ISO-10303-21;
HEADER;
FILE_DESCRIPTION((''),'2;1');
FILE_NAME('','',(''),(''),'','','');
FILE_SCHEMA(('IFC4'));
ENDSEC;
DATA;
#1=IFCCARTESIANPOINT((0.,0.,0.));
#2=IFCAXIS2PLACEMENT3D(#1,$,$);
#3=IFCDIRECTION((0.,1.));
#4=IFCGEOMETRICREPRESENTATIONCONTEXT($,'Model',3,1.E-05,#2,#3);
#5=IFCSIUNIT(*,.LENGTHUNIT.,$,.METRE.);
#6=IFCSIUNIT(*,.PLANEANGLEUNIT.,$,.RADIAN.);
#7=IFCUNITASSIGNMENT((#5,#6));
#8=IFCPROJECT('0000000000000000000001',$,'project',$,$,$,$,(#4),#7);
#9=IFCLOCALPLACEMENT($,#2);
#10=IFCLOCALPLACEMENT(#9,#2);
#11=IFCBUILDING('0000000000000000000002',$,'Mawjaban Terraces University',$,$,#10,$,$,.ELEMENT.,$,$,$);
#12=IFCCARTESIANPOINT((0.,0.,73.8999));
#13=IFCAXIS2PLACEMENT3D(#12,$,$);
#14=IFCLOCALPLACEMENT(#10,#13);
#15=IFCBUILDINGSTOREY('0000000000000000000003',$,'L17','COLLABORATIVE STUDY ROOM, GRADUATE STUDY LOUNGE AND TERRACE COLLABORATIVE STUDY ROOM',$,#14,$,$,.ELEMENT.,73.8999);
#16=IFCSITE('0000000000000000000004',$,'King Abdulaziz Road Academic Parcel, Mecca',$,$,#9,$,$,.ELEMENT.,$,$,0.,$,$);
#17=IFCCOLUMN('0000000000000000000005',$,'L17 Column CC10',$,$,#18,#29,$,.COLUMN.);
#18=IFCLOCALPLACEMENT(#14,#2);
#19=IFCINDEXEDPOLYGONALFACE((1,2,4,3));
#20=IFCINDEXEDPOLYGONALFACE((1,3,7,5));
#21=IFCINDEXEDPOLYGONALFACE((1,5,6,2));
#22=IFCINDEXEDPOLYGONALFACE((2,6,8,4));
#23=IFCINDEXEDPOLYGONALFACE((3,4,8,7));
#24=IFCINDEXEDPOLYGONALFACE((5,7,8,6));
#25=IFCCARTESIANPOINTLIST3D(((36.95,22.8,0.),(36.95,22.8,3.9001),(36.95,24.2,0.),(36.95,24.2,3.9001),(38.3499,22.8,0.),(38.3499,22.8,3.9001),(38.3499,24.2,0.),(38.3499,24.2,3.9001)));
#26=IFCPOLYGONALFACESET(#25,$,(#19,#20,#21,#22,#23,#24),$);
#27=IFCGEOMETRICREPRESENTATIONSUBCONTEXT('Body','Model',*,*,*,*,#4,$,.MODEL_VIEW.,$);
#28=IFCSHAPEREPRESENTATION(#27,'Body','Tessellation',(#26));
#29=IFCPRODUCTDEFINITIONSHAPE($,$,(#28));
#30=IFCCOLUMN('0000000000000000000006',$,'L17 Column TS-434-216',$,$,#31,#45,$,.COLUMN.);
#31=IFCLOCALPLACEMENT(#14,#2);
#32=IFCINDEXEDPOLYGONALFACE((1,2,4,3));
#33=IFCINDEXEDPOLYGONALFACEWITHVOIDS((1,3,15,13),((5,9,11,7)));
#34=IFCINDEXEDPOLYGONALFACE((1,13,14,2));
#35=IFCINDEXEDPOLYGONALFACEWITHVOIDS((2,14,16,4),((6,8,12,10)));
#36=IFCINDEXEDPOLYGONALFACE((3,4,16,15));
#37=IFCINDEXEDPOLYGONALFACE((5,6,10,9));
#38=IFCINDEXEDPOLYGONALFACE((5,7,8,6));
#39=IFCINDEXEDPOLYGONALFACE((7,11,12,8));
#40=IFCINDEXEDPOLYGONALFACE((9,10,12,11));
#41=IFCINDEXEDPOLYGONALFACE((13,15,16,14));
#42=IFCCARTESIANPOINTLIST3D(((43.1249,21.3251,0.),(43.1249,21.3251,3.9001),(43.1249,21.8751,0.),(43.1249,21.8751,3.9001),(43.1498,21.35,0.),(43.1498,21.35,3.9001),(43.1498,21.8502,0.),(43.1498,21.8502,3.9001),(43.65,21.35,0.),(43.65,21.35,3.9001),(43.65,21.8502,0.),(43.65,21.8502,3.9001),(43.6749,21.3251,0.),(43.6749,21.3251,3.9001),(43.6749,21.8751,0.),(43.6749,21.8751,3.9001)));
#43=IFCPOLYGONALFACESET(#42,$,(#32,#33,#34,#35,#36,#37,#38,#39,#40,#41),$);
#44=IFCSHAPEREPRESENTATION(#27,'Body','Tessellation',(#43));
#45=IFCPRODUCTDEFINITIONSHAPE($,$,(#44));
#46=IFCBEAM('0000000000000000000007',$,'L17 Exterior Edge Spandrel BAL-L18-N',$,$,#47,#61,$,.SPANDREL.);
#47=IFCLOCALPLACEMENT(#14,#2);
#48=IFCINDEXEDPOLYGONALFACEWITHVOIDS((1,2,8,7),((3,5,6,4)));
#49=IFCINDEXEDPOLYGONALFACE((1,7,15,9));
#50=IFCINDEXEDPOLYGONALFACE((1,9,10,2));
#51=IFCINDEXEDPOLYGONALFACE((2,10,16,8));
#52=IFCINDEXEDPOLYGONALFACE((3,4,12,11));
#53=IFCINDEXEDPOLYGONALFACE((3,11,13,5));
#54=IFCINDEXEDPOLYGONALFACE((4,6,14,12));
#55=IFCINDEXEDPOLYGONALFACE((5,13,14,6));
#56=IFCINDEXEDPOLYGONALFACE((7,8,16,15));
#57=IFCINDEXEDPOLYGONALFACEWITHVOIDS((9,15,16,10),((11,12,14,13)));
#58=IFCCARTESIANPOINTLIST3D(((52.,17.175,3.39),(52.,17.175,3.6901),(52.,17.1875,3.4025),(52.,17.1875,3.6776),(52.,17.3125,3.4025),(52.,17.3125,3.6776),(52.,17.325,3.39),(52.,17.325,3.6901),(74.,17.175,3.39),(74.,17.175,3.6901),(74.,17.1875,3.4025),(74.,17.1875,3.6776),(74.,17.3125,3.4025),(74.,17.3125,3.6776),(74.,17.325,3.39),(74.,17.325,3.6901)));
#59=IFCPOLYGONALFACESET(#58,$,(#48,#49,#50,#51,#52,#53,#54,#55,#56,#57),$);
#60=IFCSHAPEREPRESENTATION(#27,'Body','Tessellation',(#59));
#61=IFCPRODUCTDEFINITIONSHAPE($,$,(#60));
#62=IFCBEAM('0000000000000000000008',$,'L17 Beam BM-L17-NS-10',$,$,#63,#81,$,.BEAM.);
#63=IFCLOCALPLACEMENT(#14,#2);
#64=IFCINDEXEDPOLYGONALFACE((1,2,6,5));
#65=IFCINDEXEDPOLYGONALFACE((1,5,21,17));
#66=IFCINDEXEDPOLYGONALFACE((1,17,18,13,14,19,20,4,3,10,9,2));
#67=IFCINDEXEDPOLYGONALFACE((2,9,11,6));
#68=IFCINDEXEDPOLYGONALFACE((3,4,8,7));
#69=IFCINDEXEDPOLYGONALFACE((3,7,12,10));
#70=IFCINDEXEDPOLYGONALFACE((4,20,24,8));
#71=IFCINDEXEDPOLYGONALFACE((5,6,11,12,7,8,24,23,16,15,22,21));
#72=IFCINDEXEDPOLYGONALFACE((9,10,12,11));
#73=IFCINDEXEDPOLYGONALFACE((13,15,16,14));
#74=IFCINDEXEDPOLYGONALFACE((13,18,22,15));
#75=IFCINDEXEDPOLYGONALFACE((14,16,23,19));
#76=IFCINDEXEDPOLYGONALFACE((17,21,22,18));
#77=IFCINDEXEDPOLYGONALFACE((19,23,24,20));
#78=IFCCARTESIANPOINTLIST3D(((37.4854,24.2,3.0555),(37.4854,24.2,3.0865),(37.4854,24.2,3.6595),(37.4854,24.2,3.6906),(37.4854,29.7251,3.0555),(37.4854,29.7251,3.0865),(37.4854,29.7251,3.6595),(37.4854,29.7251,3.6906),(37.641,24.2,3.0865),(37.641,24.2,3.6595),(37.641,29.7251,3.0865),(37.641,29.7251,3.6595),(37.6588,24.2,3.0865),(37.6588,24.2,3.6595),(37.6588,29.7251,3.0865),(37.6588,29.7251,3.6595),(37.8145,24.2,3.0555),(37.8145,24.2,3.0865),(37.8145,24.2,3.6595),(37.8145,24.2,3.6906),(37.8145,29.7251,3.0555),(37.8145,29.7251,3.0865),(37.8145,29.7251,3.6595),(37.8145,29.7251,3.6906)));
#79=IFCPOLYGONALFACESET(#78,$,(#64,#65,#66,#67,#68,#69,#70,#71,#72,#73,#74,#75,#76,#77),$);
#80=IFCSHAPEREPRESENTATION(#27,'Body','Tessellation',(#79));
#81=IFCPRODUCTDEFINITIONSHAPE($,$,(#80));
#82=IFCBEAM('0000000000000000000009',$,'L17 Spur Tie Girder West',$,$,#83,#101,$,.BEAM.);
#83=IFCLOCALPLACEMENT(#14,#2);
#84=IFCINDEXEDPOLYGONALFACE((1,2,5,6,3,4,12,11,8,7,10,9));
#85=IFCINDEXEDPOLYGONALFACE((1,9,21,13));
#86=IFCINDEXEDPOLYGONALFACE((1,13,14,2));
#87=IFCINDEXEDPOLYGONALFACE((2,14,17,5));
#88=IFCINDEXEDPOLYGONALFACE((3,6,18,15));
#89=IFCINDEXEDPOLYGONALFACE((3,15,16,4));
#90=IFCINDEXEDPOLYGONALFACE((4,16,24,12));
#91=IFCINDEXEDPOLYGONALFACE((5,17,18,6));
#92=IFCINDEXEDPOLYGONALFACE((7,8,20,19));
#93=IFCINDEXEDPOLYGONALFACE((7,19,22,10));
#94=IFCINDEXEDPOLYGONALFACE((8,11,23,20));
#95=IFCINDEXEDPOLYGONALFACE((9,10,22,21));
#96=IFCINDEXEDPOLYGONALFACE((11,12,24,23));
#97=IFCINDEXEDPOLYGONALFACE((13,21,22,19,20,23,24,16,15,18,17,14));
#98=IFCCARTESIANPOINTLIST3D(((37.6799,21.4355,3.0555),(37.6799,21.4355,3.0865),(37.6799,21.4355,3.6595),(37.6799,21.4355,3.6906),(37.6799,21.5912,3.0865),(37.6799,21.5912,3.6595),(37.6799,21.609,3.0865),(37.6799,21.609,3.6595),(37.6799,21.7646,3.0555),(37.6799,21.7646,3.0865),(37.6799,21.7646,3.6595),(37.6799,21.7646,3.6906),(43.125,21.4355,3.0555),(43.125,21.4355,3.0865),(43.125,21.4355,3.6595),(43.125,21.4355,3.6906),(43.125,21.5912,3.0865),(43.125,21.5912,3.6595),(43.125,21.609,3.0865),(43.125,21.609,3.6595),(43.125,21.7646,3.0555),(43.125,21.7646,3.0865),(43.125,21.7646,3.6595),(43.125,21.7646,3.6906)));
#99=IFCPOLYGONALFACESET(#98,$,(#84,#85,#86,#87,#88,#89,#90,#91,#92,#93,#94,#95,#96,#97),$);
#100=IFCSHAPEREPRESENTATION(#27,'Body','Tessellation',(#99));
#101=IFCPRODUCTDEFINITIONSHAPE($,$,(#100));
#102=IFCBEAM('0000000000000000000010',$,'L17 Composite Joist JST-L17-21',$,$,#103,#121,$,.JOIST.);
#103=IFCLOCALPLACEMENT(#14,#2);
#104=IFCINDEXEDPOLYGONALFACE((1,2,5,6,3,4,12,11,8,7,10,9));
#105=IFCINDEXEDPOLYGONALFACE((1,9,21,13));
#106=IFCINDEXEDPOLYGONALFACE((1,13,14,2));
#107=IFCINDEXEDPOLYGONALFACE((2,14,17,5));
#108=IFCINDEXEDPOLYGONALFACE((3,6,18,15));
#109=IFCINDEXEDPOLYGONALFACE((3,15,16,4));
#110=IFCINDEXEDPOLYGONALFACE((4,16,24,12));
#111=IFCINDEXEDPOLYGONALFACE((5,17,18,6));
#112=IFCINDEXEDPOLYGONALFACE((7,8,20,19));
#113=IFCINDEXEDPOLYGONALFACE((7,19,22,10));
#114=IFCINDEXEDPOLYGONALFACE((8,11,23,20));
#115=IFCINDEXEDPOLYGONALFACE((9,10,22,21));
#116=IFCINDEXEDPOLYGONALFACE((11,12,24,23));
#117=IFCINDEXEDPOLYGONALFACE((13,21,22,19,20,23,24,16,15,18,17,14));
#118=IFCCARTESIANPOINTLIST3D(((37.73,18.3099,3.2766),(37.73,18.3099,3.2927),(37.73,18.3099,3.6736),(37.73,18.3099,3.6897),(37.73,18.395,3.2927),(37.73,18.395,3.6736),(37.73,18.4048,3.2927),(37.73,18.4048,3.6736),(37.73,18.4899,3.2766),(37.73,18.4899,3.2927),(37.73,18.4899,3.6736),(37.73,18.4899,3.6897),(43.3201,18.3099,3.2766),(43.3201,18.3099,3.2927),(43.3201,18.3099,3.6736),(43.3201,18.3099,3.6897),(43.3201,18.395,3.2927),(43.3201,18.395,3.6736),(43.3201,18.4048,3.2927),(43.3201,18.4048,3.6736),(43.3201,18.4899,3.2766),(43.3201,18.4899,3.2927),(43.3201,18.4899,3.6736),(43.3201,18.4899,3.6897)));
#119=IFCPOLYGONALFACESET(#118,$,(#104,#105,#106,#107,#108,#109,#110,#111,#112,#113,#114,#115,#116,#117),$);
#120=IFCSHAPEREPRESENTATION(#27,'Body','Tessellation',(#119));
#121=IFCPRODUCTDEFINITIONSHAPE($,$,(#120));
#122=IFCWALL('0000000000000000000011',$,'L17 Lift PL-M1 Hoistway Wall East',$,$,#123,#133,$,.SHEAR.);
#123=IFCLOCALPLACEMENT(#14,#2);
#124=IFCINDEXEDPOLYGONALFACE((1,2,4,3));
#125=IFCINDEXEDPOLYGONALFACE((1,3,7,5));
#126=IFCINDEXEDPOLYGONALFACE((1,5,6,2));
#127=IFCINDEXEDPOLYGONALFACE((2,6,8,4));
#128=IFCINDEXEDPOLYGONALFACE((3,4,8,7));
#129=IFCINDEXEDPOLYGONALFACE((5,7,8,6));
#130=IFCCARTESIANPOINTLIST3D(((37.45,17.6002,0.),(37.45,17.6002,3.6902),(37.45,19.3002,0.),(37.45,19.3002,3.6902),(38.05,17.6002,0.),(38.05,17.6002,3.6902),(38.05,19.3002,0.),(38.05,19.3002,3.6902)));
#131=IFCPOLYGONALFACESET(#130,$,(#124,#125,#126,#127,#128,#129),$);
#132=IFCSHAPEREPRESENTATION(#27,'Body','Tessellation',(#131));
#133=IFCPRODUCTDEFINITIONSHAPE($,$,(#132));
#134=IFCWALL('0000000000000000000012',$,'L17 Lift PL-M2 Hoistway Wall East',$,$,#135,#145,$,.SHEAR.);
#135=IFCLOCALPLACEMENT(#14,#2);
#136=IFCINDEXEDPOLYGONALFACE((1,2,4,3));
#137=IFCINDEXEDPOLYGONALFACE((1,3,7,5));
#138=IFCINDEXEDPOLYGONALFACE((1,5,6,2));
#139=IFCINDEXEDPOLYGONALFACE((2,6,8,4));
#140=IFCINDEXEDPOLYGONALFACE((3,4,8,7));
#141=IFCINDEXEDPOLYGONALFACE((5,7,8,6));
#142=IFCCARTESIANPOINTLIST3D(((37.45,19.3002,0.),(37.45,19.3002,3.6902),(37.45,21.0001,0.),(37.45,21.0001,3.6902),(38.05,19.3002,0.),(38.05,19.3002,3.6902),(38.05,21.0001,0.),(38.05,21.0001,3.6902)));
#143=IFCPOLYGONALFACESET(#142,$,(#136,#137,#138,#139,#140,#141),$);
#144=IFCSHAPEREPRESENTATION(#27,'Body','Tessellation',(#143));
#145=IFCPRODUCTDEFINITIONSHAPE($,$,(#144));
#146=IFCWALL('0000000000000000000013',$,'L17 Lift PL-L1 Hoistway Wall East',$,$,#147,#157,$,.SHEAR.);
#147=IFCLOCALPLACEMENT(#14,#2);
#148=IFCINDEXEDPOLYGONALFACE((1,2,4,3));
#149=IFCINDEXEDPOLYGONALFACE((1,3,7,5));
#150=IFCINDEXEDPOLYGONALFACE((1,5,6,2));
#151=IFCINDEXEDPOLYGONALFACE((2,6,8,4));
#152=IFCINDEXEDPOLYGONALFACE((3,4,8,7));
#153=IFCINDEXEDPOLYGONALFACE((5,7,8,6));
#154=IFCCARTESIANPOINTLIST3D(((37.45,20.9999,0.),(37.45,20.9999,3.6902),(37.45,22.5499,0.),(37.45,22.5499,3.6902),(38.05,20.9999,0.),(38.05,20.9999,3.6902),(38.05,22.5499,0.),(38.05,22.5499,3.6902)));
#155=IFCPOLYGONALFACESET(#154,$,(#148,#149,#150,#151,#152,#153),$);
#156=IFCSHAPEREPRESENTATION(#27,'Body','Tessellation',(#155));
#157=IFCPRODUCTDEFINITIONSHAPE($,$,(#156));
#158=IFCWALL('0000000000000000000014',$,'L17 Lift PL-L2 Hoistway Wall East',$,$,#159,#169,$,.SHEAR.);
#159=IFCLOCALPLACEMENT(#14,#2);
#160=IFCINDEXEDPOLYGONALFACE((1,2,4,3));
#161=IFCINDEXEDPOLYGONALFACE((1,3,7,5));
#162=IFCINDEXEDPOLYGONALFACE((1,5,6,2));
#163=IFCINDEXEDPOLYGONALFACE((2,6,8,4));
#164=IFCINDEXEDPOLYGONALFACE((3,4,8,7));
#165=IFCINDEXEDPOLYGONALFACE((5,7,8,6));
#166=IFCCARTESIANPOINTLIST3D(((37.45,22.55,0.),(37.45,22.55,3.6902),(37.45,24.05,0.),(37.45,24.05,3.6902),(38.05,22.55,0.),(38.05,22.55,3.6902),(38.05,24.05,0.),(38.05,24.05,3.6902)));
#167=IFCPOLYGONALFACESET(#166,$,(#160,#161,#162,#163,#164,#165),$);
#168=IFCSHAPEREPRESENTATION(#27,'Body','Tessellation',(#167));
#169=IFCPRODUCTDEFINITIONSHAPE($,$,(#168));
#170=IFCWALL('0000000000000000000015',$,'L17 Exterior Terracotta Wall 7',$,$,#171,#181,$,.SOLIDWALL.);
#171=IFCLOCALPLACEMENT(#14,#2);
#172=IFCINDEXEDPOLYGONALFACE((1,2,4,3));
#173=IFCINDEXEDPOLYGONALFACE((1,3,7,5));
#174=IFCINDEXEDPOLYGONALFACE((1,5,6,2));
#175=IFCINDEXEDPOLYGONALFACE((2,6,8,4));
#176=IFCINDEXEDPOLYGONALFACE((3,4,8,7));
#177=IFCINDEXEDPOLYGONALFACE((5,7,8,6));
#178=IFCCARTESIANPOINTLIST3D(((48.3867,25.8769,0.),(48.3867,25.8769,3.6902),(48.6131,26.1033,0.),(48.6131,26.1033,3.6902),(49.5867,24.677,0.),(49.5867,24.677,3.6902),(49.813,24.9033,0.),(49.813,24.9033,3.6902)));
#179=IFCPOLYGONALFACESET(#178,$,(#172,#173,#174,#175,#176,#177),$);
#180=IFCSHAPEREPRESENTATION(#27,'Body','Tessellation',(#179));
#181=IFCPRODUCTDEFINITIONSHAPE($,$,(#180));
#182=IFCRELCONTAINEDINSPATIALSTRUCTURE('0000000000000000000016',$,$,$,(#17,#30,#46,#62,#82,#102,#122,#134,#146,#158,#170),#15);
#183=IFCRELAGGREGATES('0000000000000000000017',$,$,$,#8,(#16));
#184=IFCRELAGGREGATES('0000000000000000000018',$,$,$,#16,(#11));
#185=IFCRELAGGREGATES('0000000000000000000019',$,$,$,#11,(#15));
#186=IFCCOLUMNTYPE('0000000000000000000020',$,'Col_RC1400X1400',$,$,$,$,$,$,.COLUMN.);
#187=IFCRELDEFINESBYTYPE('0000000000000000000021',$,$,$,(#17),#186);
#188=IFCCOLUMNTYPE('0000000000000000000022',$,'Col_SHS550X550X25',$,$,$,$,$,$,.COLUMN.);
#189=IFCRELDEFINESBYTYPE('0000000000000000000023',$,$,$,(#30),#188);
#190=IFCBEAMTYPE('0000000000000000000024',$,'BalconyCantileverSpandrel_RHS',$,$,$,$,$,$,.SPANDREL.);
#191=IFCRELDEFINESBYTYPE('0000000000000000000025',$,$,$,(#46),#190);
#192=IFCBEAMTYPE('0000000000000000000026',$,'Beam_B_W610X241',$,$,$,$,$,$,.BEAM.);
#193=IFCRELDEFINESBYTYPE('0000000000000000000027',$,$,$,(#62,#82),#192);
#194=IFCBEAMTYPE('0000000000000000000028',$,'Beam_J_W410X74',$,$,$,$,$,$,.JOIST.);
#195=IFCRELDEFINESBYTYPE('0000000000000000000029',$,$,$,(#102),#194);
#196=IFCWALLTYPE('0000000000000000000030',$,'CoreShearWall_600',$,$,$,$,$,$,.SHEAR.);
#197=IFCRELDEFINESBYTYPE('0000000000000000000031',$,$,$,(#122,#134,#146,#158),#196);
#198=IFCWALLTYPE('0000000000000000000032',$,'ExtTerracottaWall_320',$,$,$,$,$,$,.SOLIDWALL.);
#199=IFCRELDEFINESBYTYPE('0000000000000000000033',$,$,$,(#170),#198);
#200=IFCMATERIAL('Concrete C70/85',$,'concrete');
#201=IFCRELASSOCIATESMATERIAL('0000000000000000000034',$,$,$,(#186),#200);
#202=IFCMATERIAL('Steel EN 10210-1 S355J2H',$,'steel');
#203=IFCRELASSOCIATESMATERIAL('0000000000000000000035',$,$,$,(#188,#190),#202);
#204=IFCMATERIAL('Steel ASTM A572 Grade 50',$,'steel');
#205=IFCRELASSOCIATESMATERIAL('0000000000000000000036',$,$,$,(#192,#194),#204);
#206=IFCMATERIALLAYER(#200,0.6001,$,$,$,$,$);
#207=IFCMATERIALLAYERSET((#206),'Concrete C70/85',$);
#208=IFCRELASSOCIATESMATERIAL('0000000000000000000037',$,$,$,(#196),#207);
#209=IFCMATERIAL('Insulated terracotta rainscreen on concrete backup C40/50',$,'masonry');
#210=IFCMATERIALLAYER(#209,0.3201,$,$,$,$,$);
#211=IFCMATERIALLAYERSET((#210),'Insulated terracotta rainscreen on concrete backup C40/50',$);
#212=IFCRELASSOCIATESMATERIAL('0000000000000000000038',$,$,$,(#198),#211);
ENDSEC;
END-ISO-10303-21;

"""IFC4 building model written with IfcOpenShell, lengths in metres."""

from ifc_helpers import new_model, si_unit, direction, frame, frame_2d, origin, origin_2d, place, context, subcontext, project, spatial, rectangle, hollow_rectangle, i_section, extrude, material, layer, layer_set, material_profile, profile_set, type_object, element, save


model = new_model("IFC4")

# Units and contexts
model_context = context("Model", 3, precision=1e-05, world=origin(), true_north=direction((0.0, 1.0)))
body_context = subcontext(model_context, "Body", "Model", "MODEL_VIEW")
ifc_project = project(units=[si_unit("LENGTHUNIT", "METRE"), si_unit("PLANEANGLEUNIT", "RADIAN")], contexts=[model_context])

# Site, building, storey
site_placement = place(None, origin())
site = spatial("IfcSite", under=ifc_project, at=site_placement, Name="King Abdulaziz Road Academic Parcel, Mecca", CompositionType="ELEMENT", RefElevation=0.0)
building_placement = place(site_placement, origin())
building = spatial("IfcBuilding", under=site, at=building_placement, Name="Mawjaban Terraces University", CompositionType="ELEMENT")
storey_placement = place(building_placement, frame((0.0, 0.0, 73.8999)))
storey = spatial("IfcBuildingStorey", under=building, at=storey_placement, Name="L17", Description="COLLABORATIVE STUDY ROOM, GRADUATE STUDY LOUNGE AND TERRACE COLLABORATIVE STUDY ROOM", CompositionType="ELEMENT", Elevation=73.8999)

# Columns
ifc_material_1 = material(Name="Concrete C70/85", Category="concrete")
ifc_material_profile_1 = material_profile(ifc_material_1, rectangle(XDim=1.3999, YDim=1.3999, at=origin_2d()), Name="RC1400X1400")
ifc_profile_set_1 = profile_set([ifc_material_profile_1], Name="Concrete C70/85")
column_type_1 = type_object("IfcColumnType", Name="Col_RC1400X1400", PredefinedType="COLUMN", material=ifc_profile_set_1)
column_1_placement = place(storey_placement, frame((37.6499, 23.5, 0.0), z_axis=(0.0, 0.0, 1.0), x_axis=(1.0, 0.0, 0.0)))
element("IfcColumn", 1, at=column_1_placement, inside=storey, type_object=column_type_1, Name="L17 Column CC10", PredefinedType="COLUMN", context=body_context, shape_type="SweptSolid", body=[
    extrude(rectangle(XDim=1.3999, YDim=1.3999, at=origin_2d()), origin(), (0.0, 0.0, 1.0), 3.9001),
])
ifc_material_2 = material(Name="Steel EN 10210-1 S355J2H", Category="steel")
ifc_material_profile_2 = material_profile(ifc_material_2, hollow_rectangle(XDim=0.55, YDim=0.55, WallThickness=0.0249, at=origin_2d()), Name="SHS550X550X25")
ifc_profile_set_2 = profile_set([ifc_material_profile_2], Name="Steel EN 10210-1 S355J2H")
column_type_2 = type_object("IfcColumnType", Name="Col_SHS550X550X25", PredefinedType="COLUMN", material=ifc_profile_set_2)
column_2_placement = place(storey_placement, frame((43.3999, 21.6001, 0.0), z_axis=(0.0, 0.0, 1.0), x_axis=(1.0, 0.0, 0.0)))
element("IfcColumn", 2, at=column_2_placement, inside=storey, type_object=column_type_2, Name="L17 Column TS-434-216", PredefinedType="COLUMN", context=body_context, shape_type="SweptSolid", body=[
    extrude(hollow_rectangle(XDim=0.55, YDim=0.55, WallThickness=0.0249, at=origin_2d()), origin(), (0.0, 0.0, 1.0), 3.9001),
])

# Beams
ifc_material_profile_3 = material_profile(ifc_material_2, hollow_rectangle(XDim=0.1499, YDim=0.3, WallThickness=0.0125, at=origin_2d()), Name="RHS300X150X12.5")
ifc_profile_set_3 = profile_set([ifc_material_profile_3], Name="Steel EN 10210-1 S355J2H")
beam_type_1 = type_object("IfcBeamType", Name="BalconyCantileverSpandrel_RHS", PredefinedType="SPANDREL", material=ifc_profile_set_3)
beam_1_placement = place(storey_placement, frame((52.0, 17.25, 3.54), z_axis=(1.0, 0.0, 0.0), x_axis=(0.0, 1.0, 0.0)))
element("IfcBeam", 3, at=beam_1_placement, inside=storey, type_object=beam_type_1, Name="L17 Exterior Edge Spandrel BAL-L18-N", PredefinedType="SPANDREL", context=body_context, shape_type="SweptSolid", body=[
    extrude(hollow_rectangle(XDim=0.1499, YDim=0.3, WallThickness=0.0125, at=origin_2d()), origin(), (0.0, 0.0, 1.0), 22.0),
])
ifc_material_3 = material(Name="Steel ASTM A572 Grade 50", Category="steel")
ifc_material_profile_4 = material_profile(ifc_material_3, i_section(OverallWidth=0.3291, OverallDepth=0.635, WebThickness=0.0178, FlangeThickness=0.031, at=origin_2d()), Name="W610X241")
ifc_profile_set_4 = profile_set([ifc_material_profile_4], Name="Steel ASTM A572 Grade 50")
beam_type_2 = type_object("IfcBeamType", Name="Beam_B_W610X241", PredefinedType="BEAM", material=ifc_profile_set_4)
beam_2_placement = place(storey_placement, frame((37.6499, 24.2, 3.373), z_axis=(0.0, 1.0, 0.0), x_axis=(-1.0, 0.0, 0.0)))
element("IfcBeam", 4, at=beam_2_placement, inside=storey, type_object=beam_type_2, Name="L17 Beam BM-L17-NS-10", PredefinedType="BEAM", context=body_context, shape_type="SweptSolid", body=[
    extrude(i_section(OverallWidth=0.3291, OverallDepth=0.635, WebThickness=0.0178, FlangeThickness=0.031, at=origin_2d()), origin(), (0.0, 0.0, 1.0), 5.5251),
])
beam_3_placement = place(storey_placement, frame((37.6799, 21.6001, 3.373), z_axis=(1.0, 0.0, 0.0), x_axis=(0.0, 1.0, 0.0)))
element("IfcBeam", 5, at=beam_3_placement, inside=storey, type_object=beam_type_2, Name="L17 Spur Tie Girder West", PredefinedType="BEAM", context=body_context, shape_type="SweptSolid", body=[
    extrude(i_section(OverallWidth=0.3291, OverallDepth=0.635, WebThickness=0.0178, FlangeThickness=0.031, at=origin_2d()), origin(), (0.0, 0.0, 1.0), 5.4451),
])
ifc_material_profile_5 = material_profile(ifc_material_3, i_section(OverallWidth=0.1799, OverallDepth=0.4131, WebThickness=0.0098, FlangeThickness=0.0161, at=origin_2d()), Name="W410X74")
ifc_profile_set_5 = profile_set([ifc_material_profile_5], Name="Steel ASTM A572 Grade 50")
beam_type_3 = type_object("IfcBeamType", Name="Beam_J_W410X74", PredefinedType="JOIST", material=ifc_profile_set_5)
beam_4_placement = place(storey_placement, frame((37.73, 18.3999, 3.4832), z_axis=(1.0, 0.0, 0.0), x_axis=(0.0, 1.0, 0.0)))
element("IfcBeam", 6, at=beam_4_placement, inside=storey, type_object=beam_type_3, Name="L17 Composite Joist JST-L17-21", PredefinedType="JOIST", context=body_context, shape_type="SweptSolid", body=[
    extrude(i_section(OverallWidth=0.1799, OverallDepth=0.4131, WebThickness=0.0098, FlangeThickness=0.0161, at=origin_2d()), origin(), (0.0, 0.0, 1.0), 5.5901),
])

# Walls
ifc_layer_1 = layer(ifc_material_1, 0.6001)
ifc_layer_set_1 = layer_set([ifc_layer_1], Name="Concrete C70/85")
wall_type_1 = type_object("IfcWallType", Name="CoreShearWall_600", PredefinedType="SHEAR", material=ifc_layer_set_1)
for number, where, z_axis, x_axis, name in (
    (7, (37.75, 17.6001, 0.0), (0.0, 0.0, 1.0), (0.0, 1.0, 0.0), "L17 Lift PL-M1 Hoistway Wall East"),
    (8, (37.75, 19.3, 0.0), (0.0, 0.0, 1.0), (0.0, 1.0, 0.0), "L17 Lift PL-M2 Hoistway Wall East"),
):
    element("IfcWall", number, at=place(storey_placement, frame(where, z_axis=z_axis, x_axis=x_axis)), inside=storey, type_object=wall_type_1, Name=name, PredefinedType="SHEAR", context=body_context, shape_type="SweptSolid", body=[
        extrude(rectangle(XDim=1.7, YDim=0.6001, at=frame_2d((0.8501, 0.0))), origin(), (0.0, 0.0, 1.0), 3.6902),
    ])
wall_1_placement = place(storey_placement, frame((37.75, 21.0, 0.0), z_axis=(0.0, 0.0, 1.0), x_axis=(0.0, 1.0, 0.0)))
element("IfcWall", 9, at=wall_1_placement, inside=storey, type_object=wall_type_1, Name="L17 Lift PL-L1 Hoistway Wall East", PredefinedType="SHEAR", context=body_context, shape_type="SweptSolid", body=[
    extrude(rectangle(XDim=1.55, YDim=0.6001, at=frame_2d((0.7749, 0.0))), origin(), (0.0, 0.0, 1.0), 3.6902),
])
wall_2_placement = place(storey_placement, frame((37.75, 22.55, 0.0), z_axis=(0.0, 0.0, 1.0), x_axis=(0.0, 1.0, 0.0)))
element("IfcWall", 10, at=wall_2_placement, inside=storey, type_object=wall_type_1, Name="L17 Lift PL-L2 Hoistway Wall East", PredefinedType="SHEAR", context=body_context, shape_type="SweptSolid", body=[
    extrude(rectangle(XDim=1.5, YDim=0.6001, at=frame_2d((0.75, 0.0))), origin(), (0.0, 0.0, 1.0), 3.6902),
])
ifc_material_4 = material(Name="Insulated terracotta rainscreen on concrete backup C40/50", Category="masonry")
ifc_layer_2 = layer(ifc_material_4, 0.3201)
ifc_layer_set_2 = layer_set([ifc_layer_2], Name="Insulated terracotta rainscreen on concrete backup C40/50")
wall_type_2 = type_object("IfcWallType", Name="ExtTerracottaWall_320", PredefinedType="SOLIDWALL", material=ifc_layer_set_2)
wall_3_placement = place(storey_placement, frame((49.7, 24.79, 0.0), z_axis=(0.0, 0.0, 1.0), x_axis=(-0.707107, 0.707107, 0.0)))
element("IfcWall", 11, at=wall_3_placement, inside=storey, type_object=wall_type_2, Name="L17 Exterior Terracotta Wall 7", PredefinedType="SOLIDWALL", context=body_context, shape_type="SweptSolid", body=[
    extrude(rectangle(XDim=1.697, YDim=0.3201, at=frame_2d((0.8486, 0.0))), origin(), (0.0, 0.0, 1.0), 3.6902),
])

save(model, "model.ifc")
